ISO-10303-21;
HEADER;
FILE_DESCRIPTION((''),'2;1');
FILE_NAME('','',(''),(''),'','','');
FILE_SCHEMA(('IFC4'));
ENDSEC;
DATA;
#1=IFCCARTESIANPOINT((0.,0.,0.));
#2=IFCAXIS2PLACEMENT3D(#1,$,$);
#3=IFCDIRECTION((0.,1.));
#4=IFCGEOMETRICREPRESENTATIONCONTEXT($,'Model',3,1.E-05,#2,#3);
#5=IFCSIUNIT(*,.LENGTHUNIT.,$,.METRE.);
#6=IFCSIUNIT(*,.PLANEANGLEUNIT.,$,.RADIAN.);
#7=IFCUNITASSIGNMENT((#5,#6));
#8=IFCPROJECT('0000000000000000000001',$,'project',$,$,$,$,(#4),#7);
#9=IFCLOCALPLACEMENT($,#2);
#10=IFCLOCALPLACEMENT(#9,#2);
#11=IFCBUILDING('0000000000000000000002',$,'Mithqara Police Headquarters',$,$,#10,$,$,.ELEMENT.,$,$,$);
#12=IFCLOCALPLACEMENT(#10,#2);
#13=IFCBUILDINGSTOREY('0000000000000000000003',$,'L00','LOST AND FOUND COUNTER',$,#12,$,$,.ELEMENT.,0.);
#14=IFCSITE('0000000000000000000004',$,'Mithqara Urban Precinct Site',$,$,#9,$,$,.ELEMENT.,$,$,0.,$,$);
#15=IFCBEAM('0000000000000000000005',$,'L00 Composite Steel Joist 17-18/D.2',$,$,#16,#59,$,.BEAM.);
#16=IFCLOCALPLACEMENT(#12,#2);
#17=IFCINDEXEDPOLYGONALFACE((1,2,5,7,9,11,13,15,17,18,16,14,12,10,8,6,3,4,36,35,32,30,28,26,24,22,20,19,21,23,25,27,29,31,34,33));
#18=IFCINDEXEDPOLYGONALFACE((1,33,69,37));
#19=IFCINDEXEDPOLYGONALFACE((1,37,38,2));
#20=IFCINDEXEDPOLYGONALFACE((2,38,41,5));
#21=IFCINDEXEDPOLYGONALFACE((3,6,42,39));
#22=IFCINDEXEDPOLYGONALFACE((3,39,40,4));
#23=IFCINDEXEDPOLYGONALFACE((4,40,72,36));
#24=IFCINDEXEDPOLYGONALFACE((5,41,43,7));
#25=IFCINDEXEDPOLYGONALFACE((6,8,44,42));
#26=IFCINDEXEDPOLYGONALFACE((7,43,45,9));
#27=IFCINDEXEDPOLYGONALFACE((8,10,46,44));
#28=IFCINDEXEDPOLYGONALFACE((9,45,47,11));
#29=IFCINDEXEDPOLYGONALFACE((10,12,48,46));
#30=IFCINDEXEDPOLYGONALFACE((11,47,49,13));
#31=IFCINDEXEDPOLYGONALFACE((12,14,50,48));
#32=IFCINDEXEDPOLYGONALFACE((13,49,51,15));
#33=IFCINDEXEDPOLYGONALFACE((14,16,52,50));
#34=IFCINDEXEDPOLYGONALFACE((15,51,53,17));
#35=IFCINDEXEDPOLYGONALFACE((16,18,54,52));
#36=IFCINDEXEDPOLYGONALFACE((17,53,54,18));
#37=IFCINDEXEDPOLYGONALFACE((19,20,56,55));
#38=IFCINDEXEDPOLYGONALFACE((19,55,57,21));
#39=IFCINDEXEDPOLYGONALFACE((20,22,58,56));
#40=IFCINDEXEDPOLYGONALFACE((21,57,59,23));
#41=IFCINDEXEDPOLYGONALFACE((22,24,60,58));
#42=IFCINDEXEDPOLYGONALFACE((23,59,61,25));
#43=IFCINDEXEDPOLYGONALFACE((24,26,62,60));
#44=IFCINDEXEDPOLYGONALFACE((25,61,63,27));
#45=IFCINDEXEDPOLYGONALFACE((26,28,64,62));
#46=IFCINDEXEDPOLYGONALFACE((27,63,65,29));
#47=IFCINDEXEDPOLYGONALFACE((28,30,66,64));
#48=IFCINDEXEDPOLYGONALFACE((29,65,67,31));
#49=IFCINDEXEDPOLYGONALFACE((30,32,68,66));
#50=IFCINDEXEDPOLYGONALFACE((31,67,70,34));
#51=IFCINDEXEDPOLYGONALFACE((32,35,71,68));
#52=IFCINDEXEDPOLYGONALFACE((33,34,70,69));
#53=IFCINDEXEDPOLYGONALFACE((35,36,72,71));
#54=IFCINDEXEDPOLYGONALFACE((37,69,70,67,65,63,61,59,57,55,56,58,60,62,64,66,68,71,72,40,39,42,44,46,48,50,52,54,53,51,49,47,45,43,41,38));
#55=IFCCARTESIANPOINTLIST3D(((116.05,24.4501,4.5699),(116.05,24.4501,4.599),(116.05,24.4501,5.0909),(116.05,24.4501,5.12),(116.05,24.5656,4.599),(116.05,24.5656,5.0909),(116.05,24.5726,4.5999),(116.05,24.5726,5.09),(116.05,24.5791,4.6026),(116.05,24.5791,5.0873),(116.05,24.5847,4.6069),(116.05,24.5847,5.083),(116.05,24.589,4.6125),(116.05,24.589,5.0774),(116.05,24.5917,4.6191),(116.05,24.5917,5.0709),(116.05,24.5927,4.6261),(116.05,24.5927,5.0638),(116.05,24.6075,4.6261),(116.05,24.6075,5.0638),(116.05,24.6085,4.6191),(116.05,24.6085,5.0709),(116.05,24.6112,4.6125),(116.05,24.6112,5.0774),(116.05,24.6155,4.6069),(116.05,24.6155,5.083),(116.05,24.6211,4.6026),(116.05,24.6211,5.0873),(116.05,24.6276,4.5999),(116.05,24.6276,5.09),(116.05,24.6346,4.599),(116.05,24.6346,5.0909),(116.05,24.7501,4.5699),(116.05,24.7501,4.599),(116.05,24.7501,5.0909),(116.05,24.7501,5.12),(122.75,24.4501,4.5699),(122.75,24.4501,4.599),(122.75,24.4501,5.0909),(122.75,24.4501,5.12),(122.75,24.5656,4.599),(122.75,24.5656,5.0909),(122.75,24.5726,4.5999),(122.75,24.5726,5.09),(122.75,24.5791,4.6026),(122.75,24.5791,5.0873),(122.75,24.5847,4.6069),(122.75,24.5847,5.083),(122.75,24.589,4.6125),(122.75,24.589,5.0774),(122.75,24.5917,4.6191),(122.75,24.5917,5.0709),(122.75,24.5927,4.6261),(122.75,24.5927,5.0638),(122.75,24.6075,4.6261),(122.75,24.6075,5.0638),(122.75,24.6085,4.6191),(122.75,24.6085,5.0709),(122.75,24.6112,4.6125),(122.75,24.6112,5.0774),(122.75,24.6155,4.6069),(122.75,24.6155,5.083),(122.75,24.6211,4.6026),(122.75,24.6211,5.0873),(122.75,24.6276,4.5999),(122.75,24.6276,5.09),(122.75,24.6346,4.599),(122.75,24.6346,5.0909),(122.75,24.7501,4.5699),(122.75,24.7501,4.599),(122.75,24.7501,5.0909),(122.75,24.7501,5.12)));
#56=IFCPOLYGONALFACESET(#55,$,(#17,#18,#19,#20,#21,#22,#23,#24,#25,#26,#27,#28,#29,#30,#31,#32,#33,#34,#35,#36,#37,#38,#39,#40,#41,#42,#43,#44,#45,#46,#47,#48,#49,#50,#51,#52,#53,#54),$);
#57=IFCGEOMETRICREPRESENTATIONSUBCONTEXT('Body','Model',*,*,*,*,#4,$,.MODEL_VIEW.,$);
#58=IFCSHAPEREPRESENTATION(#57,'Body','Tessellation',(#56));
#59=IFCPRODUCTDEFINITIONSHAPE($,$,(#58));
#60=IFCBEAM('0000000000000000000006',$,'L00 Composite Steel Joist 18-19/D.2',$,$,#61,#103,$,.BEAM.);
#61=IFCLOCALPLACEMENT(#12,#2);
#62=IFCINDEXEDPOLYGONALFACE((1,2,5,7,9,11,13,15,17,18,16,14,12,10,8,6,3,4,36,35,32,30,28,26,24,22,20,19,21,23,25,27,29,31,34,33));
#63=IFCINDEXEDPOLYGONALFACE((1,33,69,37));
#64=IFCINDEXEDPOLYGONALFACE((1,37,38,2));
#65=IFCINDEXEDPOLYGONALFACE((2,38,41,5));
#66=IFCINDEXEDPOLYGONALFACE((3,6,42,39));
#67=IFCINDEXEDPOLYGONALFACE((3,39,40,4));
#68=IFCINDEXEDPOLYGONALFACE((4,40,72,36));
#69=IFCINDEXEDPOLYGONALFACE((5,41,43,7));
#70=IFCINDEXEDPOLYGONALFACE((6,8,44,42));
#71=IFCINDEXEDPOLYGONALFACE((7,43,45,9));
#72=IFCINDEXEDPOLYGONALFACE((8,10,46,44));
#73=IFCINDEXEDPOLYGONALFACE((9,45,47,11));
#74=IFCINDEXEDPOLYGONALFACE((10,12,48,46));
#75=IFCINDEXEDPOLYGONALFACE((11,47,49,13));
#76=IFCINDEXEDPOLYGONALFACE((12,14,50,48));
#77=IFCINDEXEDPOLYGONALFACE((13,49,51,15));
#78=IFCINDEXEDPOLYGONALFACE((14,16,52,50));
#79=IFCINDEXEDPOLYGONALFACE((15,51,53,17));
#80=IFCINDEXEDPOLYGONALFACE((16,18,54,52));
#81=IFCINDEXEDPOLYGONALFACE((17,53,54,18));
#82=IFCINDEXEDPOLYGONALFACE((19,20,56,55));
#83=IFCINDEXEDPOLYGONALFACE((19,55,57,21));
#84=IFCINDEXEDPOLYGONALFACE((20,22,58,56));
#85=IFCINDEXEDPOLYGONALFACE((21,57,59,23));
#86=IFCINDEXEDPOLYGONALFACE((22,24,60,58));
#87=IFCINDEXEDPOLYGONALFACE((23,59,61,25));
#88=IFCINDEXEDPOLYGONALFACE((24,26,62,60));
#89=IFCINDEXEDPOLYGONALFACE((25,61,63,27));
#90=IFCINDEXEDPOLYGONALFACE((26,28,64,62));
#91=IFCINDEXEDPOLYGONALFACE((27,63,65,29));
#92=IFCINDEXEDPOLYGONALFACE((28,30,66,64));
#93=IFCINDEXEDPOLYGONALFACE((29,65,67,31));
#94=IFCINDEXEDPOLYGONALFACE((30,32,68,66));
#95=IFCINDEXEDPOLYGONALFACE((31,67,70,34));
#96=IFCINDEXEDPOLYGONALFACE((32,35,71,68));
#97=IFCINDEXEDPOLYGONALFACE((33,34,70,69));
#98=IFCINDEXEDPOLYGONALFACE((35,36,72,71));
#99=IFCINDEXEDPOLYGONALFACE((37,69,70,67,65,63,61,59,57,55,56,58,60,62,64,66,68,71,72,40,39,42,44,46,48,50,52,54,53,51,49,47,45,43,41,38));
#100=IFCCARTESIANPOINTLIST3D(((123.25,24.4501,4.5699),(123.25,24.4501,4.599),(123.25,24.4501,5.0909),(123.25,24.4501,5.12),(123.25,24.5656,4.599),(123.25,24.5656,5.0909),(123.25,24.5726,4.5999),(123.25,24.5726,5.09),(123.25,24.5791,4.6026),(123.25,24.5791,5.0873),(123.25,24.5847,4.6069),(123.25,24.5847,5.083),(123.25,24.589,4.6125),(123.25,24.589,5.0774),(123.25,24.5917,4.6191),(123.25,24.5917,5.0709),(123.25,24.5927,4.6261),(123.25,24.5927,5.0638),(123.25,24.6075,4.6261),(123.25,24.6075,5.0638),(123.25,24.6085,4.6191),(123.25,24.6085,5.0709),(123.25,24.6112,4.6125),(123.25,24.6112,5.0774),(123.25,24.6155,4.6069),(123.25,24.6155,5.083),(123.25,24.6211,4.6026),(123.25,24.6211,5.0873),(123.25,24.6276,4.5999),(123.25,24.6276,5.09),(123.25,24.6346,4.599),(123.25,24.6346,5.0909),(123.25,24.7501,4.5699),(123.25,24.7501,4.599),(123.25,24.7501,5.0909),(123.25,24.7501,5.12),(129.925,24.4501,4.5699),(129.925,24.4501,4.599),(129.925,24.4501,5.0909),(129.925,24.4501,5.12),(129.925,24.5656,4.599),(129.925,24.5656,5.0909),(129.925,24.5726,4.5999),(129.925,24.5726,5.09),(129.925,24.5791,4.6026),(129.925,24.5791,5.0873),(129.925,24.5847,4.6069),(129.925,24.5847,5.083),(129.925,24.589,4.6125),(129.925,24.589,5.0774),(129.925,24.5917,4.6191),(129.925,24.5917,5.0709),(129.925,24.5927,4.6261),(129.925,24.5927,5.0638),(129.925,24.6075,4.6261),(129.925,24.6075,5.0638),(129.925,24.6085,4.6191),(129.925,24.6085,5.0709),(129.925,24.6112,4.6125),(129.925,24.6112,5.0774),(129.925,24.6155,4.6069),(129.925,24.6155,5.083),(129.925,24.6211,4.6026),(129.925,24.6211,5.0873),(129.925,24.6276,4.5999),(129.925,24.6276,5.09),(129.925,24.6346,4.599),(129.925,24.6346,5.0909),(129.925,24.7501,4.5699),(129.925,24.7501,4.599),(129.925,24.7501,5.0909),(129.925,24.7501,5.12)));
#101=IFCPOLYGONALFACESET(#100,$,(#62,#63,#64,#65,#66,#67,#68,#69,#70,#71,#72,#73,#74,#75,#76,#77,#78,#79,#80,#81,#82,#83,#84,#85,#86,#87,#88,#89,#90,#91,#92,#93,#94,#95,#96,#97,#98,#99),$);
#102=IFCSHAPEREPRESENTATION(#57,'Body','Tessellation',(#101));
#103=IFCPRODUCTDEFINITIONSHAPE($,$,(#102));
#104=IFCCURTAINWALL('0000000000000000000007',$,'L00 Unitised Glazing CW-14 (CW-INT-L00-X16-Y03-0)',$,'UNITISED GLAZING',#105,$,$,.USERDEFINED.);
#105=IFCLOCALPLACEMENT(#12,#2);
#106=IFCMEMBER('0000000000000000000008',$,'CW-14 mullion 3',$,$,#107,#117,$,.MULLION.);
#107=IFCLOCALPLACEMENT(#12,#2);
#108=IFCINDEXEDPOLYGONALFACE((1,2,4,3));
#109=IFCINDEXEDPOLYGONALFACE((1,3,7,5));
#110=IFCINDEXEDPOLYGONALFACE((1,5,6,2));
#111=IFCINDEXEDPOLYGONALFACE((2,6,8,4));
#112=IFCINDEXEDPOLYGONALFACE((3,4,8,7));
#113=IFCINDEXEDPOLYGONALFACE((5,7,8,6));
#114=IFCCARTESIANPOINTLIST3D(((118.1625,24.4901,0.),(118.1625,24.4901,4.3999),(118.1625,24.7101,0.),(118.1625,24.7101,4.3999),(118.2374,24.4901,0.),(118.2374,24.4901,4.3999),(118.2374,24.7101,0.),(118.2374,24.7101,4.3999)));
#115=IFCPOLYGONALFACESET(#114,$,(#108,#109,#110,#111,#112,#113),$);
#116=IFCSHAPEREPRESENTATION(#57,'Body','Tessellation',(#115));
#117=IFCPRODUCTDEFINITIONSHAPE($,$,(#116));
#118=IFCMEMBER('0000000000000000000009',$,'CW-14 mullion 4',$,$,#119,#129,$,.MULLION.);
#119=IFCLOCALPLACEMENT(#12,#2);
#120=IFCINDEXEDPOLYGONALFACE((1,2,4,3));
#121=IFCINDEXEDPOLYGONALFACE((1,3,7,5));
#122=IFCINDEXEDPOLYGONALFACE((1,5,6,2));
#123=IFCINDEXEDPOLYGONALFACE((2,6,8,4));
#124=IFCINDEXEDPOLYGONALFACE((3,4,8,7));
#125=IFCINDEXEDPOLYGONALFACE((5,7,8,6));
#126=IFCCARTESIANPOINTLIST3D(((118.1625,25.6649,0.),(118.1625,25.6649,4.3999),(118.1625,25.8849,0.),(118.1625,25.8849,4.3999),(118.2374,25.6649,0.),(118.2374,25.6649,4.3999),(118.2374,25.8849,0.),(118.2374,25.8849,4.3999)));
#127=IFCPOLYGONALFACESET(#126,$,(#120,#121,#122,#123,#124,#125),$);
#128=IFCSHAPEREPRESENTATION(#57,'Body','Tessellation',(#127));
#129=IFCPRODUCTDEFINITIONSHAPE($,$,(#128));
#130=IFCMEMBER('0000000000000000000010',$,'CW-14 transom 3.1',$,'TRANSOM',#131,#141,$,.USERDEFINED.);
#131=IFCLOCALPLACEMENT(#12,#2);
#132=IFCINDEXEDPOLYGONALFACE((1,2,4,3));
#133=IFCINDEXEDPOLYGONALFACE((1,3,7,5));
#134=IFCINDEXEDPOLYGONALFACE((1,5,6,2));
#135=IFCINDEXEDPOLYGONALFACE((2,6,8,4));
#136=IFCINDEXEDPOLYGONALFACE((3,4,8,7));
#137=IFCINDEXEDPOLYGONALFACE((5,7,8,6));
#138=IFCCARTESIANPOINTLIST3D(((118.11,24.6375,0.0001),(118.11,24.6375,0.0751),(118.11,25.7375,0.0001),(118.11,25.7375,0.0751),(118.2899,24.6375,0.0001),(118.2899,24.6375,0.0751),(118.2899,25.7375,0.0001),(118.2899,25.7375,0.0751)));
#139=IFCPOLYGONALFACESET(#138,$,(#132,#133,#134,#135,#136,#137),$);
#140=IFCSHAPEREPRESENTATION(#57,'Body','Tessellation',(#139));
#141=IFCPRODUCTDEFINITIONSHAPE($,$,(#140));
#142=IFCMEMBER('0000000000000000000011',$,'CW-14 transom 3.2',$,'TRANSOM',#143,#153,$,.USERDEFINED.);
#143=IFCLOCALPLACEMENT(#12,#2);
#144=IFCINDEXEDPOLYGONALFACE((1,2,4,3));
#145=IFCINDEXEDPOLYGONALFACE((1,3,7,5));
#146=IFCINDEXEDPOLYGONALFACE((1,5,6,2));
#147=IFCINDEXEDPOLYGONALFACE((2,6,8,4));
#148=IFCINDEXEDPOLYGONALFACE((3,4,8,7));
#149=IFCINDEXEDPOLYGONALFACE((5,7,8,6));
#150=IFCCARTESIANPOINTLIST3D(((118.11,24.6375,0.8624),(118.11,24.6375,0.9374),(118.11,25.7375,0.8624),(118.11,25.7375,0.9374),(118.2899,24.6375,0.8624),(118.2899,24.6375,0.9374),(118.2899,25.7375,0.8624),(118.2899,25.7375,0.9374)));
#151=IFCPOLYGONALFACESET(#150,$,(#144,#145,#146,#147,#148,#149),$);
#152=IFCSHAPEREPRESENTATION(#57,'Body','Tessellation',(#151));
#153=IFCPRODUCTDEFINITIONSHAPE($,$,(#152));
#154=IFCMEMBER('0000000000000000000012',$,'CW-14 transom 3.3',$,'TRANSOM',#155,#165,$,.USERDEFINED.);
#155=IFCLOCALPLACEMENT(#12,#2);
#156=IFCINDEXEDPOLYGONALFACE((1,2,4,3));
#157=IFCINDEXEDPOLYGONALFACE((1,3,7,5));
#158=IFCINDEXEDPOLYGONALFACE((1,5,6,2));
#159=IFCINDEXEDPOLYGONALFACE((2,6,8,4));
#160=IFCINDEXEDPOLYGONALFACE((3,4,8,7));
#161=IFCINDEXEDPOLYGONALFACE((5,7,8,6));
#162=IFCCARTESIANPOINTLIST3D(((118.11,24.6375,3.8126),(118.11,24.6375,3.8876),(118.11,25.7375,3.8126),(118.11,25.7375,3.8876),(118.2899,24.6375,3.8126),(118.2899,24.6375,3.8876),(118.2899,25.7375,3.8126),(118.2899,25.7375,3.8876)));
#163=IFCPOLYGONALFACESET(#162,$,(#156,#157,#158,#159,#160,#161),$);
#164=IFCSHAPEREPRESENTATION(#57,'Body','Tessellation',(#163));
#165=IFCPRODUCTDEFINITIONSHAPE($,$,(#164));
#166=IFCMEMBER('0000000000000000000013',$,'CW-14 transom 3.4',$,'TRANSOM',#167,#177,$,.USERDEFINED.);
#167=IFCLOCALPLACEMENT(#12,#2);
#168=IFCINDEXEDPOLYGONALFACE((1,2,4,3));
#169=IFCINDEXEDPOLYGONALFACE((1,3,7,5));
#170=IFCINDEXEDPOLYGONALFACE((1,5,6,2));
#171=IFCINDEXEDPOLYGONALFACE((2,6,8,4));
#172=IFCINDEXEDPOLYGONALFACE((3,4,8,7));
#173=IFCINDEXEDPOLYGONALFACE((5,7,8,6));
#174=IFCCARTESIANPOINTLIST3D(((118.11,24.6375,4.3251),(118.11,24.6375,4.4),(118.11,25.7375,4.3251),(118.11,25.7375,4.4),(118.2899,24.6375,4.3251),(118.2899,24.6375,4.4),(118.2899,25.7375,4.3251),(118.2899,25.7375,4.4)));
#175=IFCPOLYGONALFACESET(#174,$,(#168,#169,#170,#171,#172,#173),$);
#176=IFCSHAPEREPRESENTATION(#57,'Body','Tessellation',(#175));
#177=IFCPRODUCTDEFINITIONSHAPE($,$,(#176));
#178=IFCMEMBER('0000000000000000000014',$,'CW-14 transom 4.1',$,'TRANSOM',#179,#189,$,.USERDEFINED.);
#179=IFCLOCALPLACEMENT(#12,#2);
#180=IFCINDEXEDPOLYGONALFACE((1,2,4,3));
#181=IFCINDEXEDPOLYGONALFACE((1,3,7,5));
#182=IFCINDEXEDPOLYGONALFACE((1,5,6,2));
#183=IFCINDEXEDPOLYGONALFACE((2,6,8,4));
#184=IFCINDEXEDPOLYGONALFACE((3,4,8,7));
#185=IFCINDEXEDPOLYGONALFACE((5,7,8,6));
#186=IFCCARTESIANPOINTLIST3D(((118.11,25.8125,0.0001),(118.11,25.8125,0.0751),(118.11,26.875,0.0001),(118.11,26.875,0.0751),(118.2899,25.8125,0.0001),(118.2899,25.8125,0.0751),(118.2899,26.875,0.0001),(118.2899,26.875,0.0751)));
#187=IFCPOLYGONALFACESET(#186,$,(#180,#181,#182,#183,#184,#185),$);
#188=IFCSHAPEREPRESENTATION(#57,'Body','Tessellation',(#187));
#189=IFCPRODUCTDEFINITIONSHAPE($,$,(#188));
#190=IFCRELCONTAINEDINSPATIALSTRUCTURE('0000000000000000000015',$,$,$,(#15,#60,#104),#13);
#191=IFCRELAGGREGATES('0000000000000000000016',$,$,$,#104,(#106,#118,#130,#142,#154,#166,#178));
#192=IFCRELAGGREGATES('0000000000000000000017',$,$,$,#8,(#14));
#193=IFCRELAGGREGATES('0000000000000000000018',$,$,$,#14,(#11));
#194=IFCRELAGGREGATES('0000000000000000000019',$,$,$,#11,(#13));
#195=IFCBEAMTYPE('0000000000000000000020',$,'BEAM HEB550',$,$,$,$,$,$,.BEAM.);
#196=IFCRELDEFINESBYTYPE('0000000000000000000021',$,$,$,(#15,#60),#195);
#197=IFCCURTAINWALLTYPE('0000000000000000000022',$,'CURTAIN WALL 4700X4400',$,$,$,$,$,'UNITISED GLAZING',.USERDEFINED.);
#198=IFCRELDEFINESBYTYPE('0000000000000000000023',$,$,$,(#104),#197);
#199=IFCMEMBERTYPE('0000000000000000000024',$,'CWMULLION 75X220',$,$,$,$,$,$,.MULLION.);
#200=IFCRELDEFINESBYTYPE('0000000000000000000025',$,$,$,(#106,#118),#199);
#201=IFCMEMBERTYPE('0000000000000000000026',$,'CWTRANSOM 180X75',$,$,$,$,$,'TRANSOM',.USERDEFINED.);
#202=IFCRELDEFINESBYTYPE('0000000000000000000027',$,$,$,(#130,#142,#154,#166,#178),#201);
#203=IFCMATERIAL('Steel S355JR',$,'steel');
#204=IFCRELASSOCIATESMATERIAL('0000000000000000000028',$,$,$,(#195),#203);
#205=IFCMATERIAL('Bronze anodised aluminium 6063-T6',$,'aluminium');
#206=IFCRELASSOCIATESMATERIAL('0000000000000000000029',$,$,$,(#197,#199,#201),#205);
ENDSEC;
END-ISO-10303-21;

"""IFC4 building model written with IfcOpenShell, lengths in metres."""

from ifc_helpers import new_model, si_unit, direction, frame, origin, origin_2d, place, context, subcontext, project, spatial, rectangle, i_section, extrude, material, material_profile, profile_set, type_object, element, aggregate, save


model = new_model("IFC4")

# Units and contexts
model_context = context("Model", 3, precision=1e-05, world=origin(), true_north=direction((0.0, 1.0)))
body_context = subcontext(model_context, "Body", "Model", "MODEL_VIEW")
ifc_project = project(units=[si_unit("LENGTHUNIT", "METRE"), si_unit("PLANEANGLEUNIT", "RADIAN")], contexts=[model_context])

# Site, building, storey
site_placement = place(None, origin())
site = spatial("IfcSite", under=ifc_project, at=site_placement, Name="Mithqara Urban Precinct Site", CompositionType="ELEMENT", RefElevation=0.0)
building_placement = place(site_placement, origin())
building = spatial("IfcBuilding", under=site, at=building_placement, Name="Mithqara Police Headquarters", CompositionType="ELEMENT")
storey_placement = place(building_placement, origin())
storey = spatial("IfcBuildingStorey", under=building, at=storey_placement, Name="L00", Description="LOST AND FOUND COUNTER", CompositionType="ELEMENT", Elevation=0.0)

# Beams
ifc_material_1 = material(Name="Steel S355JR", Category="steel")
ifc_material_profile_1 = material_profile(ifc_material_1, i_section(OverallWidth=0.3, OverallDepth=0.55, WebThickness=0.0149, FlangeThickness=0.0291, FilletRadius=0.0271, at=origin_2d()), Name="HEB 550")
ifc_profile_set_1 = profile_set([ifc_material_profile_1], Name="Steel S355JR")
beam_type = type_object("IfcBeamType", Name="BEAM HEB550", PredefinedType="BEAM", material=ifc_profile_set_1)
beam_1_placement = place(storey_placement, frame((116.05, 24.6001, 4.845), z_axis=(1.0, 0.0, 0.0), x_axis=(0.0, 1.0, 0.0)))
element("IfcBeam", 1, at=beam_1_placement, inside=storey, type_object=beam_type, Name="L00 Composite Steel Joist 17-18/D.2", PredefinedType="BEAM", context=body_context, shape_type="SweptSolid", body=[
    extrude(i_section(OverallWidth=0.3, OverallDepth=0.55, WebThickness=0.0149, FlangeThickness=0.0291, FilletRadius=0.0271, at=origin_2d()), origin(), (0.0, 0.0, 1.0), 6.7),
])
beam_2_placement = place(storey_placement, frame((123.25, 24.6001, 4.845), z_axis=(1.0, 0.0, 0.0), x_axis=(0.0, 1.0, 0.0)))
element("IfcBeam", 2, at=beam_2_placement, inside=storey, type_object=beam_type, Name="L00 Composite Steel Joist 18-19/D.2", PredefinedType="BEAM", context=body_context, shape_type="SweptSolid", body=[
    extrude(i_section(OverallWidth=0.3, OverallDepth=0.55, WebThickness=0.0149, FlangeThickness=0.0291, FilletRadius=0.0271, at=origin_2d()), origin(), (0.0, 0.0, 1.0), 6.675),
])

# Curtain wall, members
ifc_material_2 = material(Name="Bronze anodised aluminium 6063-T6", Category="aluminium")
curtain_wall_type = type_object("IfcCurtainWallType", Name="CURTAIN WALL 4700X4400", ElementType="UNITISED GLAZING", PredefinedType="USERDEFINED", material=ifc_material_2)
curtain_wall_placement = place(storey_placement, origin())
curtain_wall = element("IfcCurtainWall", 3, at=curtain_wall_placement, inside=storey, type_object=curtain_wall_type, Name="L00 Unitised Glazing CW-14 (CW-INT-L00-X16-Y03-0)", ObjectType="UNITISED GLAZING", PredefinedType="USERDEFINED")
ifc_material_profile_2 = material_profile(ifc_material_2, rectangle(XDim=0.075, YDim=0.22, at=origin_2d()), Name="CWM 75x220")
ifc_profile_set_2 = profile_set([ifc_material_profile_2], Name="Bronze anodised aluminium 6063-T6")
member_type_1 = type_object("IfcMemberType", Name="CWMULLION 75X220", PredefinedType="MULLION", material=ifc_profile_set_2)
member_1_placement = place(storey_placement, frame((118.2, 24.6001, 0.0), z_axis=(0.0, 0.0, 1.0), x_axis=(-1.0, 0.0, 0.0)))
member_1 = element("IfcMember", 4, at=member_1_placement, type_object=member_type_1, Name="CW-14 mullion 3", PredefinedType="MULLION", context=body_context, shape_type="SweptSolid", body=[
    extrude(rectangle(XDim=0.075, YDim=0.22, at=origin_2d()), origin(), (0.0, 0.0, 1.0), 4.3999),
])
member_2_placement = place(storey_placement, frame((118.2, 25.7749, 0.0), z_axis=(0.0, 0.0, 1.0), x_axis=(-1.0, 0.0, 0.0)))
member_2 = element("IfcMember", 5, at=member_2_placement, type_object=member_type_1, Name="CW-14 mullion 4", PredefinedType="MULLION", context=body_context, shape_type="SweptSolid", body=[
    extrude(rectangle(XDim=0.075, YDim=0.22, at=origin_2d()), origin(), (0.0, 0.0, 1.0), 4.3999),
])
ifc_material_profile_3 = material_profile(ifc_material_2, rectangle(XDim=0.1799, YDim=0.075, at=origin_2d()), Name="CWT 180x75")
ifc_profile_set_3 = profile_set([ifc_material_profile_3], Name="Bronze anodised aluminium 6063-T6")
member_type_2 = type_object("IfcMemberType", Name="CWTRANSOM 180X75", ElementType="TRANSOM", PredefinedType="USERDEFINED", material=ifc_profile_set_3)
member_3_placement = place(storey_placement, frame((118.2, 24.6375, 0.0376), z_axis=(0.0, 1.0, 0.0), x_axis=(-1.0, 0.0, 0.0)))
member_3 = element("IfcMember", 6, at=member_3_placement, type_object=member_type_2, Name="CW-14 transom 3.1", ObjectType="TRANSOM", PredefinedType="USERDEFINED", context=body_context, shape_type="SweptSolid", body=[
    extrude(rectangle(XDim=0.1799, YDim=0.075, at=origin_2d()), origin(), (0.0, 0.0, 1.0), 1.1001),
])
member_4_placement = place(storey_placement, frame((118.2, 24.6375, 0.8999), z_axis=(0.0, 1.0, 0.0), x_axis=(-1.0, 0.0, 0.0)))
member_4 = element("IfcMember", 7, at=member_4_placement, type_object=member_type_2, Name="CW-14 transom 3.2", ObjectType="TRANSOM", PredefinedType="USERDEFINED", context=body_context, shape_type="SweptSolid", body=[
    extrude(rectangle(XDim=0.1799, YDim=0.075, at=origin_2d()), origin(), (0.0, 0.0, 1.0), 1.1001),
])
member_5_placement = place(storey_placement, frame((118.2, 24.6375, 3.8501), z_axis=(0.0, 1.0, 0.0), x_axis=(-1.0, 0.0, 0.0)))
member_5 = element("IfcMember", 8, at=member_5_placement, type_object=member_type_2, Name="CW-14 transom 3.3", ObjectType="TRANSOM", PredefinedType="USERDEFINED", context=body_context, shape_type="SweptSolid", body=[
    extrude(rectangle(XDim=0.1799, YDim=0.075, at=origin_2d()), origin(), (0.0, 0.0, 1.0), 1.1001),
])
member_6_placement = place(storey_placement, frame((118.2, 24.6375, 4.3625), z_axis=(0.0, 1.0, 0.0), x_axis=(-1.0, 0.0, 0.0)))
member_6 = element("IfcMember", 9, at=member_6_placement, type_object=member_type_2, Name="CW-14 transom 3.4", ObjectType="TRANSOM", PredefinedType="USERDEFINED", context=body_context, shape_type="SweptSolid", body=[
    extrude(rectangle(XDim=0.1799, YDim=0.075, at=origin_2d()), origin(), (0.0, 0.0, 1.0), 1.1001),
])
member_7_placement = place(storey_placement, frame((118.2, 25.8125, 0.0376), z_axis=(0.0, 1.0, 0.0), x_axis=(-1.0, 0.0, 0.0)))
member_7 = element("IfcMember", 10, at=member_7_placement, type_object=member_type_2, Name="CW-14 transom 4.1", ObjectType="TRANSOM", PredefinedType="USERDEFINED", context=body_context, shape_type="SweptSolid", body=[
    extrude(rectangle(XDim=0.1799, YDim=0.075, at=origin_2d()), origin(), (0.0, 0.0, 1.0), 1.0625),
])
aggregate(curtain_wall, [member_1, member_2, member_3, member_4, member_5, member_6, member_7])

save(model, "model.ifc")
